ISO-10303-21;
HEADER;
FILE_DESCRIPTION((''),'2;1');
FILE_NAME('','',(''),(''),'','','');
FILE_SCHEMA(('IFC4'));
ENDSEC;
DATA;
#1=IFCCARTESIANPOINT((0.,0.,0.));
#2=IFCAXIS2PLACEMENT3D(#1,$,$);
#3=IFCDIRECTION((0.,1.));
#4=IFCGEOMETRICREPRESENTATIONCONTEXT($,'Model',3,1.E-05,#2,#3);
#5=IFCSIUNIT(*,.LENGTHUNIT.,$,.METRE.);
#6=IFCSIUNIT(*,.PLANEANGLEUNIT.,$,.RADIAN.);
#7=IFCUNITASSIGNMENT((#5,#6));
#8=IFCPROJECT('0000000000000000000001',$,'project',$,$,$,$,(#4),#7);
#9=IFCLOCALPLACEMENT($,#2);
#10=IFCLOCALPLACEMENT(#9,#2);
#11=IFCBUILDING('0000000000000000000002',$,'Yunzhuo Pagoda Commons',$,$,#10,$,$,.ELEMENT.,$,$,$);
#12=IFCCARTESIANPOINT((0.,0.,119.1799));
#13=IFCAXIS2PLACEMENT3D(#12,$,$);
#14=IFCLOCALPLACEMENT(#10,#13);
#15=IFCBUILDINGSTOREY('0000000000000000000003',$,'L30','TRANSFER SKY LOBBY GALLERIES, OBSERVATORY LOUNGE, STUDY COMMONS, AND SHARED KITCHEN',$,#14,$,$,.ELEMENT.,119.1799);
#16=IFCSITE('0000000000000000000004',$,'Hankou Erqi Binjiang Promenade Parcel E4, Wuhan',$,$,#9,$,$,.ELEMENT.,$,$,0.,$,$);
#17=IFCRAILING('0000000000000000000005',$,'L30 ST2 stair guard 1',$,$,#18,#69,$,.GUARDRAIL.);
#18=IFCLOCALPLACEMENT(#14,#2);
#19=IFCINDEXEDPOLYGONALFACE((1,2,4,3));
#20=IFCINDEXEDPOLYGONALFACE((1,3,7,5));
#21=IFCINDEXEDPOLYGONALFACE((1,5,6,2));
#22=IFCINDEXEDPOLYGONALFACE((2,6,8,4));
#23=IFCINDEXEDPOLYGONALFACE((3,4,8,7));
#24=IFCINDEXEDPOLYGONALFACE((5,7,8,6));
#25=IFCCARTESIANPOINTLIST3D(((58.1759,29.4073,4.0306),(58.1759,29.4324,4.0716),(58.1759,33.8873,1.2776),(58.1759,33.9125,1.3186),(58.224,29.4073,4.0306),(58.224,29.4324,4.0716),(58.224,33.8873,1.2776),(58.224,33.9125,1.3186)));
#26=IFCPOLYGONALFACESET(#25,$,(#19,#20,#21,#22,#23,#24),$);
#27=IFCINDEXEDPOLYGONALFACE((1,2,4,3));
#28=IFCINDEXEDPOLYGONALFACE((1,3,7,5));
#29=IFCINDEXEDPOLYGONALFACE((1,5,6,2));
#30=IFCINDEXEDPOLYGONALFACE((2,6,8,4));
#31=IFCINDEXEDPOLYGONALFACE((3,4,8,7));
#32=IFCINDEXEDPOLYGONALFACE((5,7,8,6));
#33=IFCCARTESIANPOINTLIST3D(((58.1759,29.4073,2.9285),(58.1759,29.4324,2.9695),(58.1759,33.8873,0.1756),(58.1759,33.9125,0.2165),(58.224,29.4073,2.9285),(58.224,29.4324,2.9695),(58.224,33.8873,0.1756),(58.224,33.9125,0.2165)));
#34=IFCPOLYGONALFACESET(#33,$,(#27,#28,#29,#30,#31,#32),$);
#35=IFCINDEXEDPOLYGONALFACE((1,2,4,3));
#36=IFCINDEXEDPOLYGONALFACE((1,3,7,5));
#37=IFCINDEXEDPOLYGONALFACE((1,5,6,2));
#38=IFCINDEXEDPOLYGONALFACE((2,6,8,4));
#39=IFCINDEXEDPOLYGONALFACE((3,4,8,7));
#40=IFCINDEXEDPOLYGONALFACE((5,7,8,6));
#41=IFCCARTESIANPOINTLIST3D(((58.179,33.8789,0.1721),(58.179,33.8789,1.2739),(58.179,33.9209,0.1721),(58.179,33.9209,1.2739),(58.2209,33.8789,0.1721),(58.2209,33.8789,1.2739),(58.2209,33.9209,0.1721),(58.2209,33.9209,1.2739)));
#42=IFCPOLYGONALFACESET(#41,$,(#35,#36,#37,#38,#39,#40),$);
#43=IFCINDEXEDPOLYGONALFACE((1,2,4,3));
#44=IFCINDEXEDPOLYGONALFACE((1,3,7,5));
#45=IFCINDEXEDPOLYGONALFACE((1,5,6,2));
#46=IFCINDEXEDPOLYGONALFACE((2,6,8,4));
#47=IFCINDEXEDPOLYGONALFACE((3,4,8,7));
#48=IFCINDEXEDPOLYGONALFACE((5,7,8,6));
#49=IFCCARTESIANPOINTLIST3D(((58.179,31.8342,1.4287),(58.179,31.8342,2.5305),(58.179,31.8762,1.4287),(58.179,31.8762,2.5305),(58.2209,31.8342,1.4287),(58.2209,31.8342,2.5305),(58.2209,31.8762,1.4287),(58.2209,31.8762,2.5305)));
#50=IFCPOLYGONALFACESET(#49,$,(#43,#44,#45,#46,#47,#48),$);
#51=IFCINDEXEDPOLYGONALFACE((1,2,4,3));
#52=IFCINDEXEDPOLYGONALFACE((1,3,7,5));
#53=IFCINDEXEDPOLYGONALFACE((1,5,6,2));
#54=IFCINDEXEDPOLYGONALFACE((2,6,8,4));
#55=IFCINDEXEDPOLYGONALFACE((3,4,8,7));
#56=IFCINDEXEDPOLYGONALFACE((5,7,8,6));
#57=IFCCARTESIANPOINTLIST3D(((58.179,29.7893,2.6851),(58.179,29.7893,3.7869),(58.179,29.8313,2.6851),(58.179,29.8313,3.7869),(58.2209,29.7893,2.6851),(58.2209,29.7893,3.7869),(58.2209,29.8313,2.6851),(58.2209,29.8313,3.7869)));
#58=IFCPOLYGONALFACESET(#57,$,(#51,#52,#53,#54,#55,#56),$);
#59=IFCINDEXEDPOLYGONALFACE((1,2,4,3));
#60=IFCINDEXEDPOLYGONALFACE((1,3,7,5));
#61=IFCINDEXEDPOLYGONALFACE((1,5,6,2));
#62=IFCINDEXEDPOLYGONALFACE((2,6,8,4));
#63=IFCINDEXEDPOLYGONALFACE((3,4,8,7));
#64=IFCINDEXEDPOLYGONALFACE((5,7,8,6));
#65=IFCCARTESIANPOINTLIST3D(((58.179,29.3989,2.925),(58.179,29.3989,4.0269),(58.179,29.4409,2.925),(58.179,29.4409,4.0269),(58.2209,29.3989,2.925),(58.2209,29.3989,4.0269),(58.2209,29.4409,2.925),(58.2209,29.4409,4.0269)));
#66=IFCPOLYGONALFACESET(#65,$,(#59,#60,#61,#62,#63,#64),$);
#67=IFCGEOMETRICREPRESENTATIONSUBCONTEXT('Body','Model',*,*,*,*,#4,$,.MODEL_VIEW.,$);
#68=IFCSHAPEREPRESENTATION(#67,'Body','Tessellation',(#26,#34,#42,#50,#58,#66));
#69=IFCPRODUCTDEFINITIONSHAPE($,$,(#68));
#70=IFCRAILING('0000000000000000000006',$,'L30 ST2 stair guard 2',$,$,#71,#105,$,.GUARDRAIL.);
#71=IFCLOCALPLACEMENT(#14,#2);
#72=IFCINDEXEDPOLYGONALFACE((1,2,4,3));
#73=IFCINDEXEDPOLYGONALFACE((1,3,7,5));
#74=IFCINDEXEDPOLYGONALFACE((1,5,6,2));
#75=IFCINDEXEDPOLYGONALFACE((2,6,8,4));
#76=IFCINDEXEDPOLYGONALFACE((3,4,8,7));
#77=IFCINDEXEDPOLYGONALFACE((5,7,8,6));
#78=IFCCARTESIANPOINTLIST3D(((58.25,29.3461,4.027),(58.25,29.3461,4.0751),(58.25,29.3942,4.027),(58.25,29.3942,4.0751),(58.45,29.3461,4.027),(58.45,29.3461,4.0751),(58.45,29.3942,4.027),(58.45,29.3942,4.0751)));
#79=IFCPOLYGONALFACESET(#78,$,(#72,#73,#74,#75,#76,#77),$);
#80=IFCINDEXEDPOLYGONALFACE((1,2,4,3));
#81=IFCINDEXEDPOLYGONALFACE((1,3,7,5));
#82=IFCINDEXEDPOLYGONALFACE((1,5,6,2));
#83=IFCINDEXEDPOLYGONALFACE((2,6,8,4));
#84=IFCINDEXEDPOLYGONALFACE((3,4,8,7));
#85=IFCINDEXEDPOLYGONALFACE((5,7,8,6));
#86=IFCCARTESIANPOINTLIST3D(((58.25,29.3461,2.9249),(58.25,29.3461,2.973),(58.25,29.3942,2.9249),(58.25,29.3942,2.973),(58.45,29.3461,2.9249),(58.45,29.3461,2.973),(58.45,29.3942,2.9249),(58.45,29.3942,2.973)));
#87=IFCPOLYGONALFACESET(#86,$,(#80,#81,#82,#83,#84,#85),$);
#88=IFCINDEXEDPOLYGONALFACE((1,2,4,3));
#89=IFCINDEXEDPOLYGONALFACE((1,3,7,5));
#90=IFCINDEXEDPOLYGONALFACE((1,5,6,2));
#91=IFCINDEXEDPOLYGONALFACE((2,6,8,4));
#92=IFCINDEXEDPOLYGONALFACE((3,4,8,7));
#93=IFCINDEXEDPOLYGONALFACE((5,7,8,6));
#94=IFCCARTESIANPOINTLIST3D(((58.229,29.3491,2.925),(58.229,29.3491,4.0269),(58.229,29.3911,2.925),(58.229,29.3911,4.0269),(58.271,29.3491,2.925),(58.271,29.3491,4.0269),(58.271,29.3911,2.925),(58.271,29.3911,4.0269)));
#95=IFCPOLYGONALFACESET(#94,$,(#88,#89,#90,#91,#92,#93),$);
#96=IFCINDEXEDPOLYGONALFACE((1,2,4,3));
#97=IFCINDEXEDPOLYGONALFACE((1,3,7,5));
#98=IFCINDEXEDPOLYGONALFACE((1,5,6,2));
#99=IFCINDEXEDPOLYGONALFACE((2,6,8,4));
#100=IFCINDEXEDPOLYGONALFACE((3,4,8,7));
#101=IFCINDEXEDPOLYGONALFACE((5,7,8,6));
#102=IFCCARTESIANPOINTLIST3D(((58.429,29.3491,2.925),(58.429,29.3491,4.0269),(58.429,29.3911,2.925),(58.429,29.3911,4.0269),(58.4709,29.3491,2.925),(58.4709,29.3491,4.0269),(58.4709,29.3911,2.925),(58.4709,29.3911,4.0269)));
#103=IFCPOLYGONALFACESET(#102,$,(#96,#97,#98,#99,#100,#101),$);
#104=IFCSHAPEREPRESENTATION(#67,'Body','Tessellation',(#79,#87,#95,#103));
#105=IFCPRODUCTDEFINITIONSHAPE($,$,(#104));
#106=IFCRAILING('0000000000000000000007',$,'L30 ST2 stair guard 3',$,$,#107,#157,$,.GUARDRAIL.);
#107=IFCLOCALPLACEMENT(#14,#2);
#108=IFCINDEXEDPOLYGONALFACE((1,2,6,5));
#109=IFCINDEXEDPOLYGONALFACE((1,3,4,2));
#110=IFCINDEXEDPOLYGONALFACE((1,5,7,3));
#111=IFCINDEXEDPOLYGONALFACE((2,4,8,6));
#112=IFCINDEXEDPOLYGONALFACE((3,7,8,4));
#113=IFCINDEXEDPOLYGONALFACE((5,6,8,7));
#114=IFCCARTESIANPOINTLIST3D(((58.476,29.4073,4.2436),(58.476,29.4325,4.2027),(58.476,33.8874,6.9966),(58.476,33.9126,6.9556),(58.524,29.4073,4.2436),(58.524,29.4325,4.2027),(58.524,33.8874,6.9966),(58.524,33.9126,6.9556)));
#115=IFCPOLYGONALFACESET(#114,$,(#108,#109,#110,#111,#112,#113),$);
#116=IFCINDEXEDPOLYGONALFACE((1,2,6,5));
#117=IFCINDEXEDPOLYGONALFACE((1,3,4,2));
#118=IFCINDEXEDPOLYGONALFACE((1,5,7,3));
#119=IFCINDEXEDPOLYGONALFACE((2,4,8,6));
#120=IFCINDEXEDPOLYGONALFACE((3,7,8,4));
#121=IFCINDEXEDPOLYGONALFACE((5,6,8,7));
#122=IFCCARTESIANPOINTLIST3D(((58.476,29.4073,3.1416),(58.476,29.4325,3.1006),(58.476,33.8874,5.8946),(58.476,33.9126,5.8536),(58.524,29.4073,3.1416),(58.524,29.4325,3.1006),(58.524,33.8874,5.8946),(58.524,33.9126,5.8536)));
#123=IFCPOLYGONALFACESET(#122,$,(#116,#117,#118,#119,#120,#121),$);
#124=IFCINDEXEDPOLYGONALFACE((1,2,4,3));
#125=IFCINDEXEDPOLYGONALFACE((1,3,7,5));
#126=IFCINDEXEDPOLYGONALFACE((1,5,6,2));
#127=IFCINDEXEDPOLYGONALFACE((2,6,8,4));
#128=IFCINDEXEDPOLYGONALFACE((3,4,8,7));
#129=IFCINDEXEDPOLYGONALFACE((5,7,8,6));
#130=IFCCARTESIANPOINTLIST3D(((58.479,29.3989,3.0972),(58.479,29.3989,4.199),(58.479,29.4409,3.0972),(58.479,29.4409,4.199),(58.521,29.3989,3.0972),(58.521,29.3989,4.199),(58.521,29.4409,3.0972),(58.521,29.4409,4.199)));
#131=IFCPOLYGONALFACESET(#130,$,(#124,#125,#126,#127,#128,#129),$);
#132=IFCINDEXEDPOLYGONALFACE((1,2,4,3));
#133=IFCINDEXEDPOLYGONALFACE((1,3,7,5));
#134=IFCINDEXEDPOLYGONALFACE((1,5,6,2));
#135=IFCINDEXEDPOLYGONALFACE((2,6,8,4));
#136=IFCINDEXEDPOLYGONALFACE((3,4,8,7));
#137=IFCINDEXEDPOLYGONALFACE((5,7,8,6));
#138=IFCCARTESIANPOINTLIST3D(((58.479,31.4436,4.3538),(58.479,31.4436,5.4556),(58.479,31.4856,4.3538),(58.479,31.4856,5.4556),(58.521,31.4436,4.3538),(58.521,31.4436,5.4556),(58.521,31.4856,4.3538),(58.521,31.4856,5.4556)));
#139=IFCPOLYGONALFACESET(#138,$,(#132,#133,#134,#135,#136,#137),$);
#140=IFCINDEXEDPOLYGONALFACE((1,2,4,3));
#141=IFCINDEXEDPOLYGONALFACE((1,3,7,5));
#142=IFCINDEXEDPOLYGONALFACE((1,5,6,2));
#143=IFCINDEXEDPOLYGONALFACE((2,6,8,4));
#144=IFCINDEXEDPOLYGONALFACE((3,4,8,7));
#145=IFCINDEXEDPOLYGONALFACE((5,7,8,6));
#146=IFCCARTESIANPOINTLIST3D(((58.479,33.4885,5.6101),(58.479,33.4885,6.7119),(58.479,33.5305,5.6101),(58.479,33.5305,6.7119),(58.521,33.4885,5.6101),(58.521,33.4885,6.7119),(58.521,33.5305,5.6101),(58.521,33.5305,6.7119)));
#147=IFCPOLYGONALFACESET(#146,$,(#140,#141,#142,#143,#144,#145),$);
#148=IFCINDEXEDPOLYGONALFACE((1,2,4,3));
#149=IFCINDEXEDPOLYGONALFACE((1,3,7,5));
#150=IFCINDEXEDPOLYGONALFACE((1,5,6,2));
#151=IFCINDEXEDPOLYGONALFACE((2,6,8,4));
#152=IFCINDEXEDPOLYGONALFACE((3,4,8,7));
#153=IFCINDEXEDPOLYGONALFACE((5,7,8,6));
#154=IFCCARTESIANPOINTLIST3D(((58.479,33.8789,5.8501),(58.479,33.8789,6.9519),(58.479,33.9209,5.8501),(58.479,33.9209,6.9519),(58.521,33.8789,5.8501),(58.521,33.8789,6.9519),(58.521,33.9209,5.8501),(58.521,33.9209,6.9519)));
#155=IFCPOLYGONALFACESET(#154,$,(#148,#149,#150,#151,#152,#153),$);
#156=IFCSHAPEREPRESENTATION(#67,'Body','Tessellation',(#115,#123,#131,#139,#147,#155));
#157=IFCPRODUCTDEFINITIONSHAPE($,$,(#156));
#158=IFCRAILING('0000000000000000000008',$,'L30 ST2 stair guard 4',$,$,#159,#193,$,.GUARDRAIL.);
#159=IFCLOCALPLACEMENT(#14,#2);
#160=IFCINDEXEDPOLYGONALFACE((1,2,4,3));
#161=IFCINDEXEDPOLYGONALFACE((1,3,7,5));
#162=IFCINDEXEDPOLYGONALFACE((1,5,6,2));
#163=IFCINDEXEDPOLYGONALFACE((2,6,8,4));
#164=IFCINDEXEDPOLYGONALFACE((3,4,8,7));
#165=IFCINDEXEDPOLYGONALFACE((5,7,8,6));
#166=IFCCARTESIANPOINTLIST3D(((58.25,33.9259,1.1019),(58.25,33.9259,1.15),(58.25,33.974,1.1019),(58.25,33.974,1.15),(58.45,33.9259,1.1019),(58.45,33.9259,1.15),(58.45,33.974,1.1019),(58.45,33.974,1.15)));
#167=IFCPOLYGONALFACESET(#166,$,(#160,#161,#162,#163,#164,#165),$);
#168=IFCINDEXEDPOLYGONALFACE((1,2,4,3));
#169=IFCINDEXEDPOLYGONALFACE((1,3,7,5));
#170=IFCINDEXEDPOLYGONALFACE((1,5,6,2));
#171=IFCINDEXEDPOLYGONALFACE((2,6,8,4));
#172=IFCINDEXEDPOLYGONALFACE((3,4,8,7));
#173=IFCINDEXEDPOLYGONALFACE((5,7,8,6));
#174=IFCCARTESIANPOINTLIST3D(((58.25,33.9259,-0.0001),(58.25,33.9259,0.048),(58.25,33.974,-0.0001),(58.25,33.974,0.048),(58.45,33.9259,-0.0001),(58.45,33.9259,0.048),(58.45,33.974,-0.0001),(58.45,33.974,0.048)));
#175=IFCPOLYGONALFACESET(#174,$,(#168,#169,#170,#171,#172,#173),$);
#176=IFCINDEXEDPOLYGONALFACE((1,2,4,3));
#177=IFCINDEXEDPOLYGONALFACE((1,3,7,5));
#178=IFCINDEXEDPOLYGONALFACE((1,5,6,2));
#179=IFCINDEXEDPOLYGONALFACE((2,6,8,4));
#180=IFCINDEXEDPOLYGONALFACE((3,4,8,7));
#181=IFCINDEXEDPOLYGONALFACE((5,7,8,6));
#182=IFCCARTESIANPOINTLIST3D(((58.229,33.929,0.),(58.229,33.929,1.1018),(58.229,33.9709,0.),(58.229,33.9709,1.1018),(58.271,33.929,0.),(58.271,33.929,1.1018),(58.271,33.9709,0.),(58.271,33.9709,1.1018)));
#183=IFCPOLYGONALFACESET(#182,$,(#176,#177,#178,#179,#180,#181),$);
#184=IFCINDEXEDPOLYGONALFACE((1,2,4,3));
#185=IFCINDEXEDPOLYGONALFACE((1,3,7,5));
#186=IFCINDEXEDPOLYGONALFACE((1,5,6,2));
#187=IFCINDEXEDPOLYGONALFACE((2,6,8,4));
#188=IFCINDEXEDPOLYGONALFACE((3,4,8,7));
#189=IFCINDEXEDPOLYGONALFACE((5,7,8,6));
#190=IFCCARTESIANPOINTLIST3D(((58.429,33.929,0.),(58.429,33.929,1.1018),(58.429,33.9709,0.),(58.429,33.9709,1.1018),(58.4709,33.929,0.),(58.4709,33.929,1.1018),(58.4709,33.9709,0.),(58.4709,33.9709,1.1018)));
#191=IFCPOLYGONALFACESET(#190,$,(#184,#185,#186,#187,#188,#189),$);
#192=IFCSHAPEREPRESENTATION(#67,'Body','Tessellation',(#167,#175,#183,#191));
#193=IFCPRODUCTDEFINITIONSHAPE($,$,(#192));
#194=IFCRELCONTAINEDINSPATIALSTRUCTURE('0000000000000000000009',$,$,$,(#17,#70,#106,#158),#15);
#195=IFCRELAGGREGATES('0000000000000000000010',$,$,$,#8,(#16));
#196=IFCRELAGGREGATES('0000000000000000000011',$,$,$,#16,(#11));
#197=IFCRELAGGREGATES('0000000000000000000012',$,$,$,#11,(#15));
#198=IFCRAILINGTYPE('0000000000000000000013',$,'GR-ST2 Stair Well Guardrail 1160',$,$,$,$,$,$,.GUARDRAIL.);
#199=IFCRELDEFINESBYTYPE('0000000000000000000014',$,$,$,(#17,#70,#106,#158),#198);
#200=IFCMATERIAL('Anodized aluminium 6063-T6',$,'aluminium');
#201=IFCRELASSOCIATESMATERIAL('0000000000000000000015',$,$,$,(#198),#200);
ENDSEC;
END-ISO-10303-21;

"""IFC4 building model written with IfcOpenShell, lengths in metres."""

from ifc_helpers import new_model, si_unit, direction, frame, origin, origin_2d, place, context, subcontext, project, spatial, rectangle, extrude, material, type_object, element, save


model = new_model("IFC4")

# Units and contexts
model_context = context("Model", 3, precision=1e-05, world=origin(), true_north=direction((0.0, 1.0)))
body_context = subcontext(model_context, "Body", "Model", "MODEL_VIEW")
ifc_project = project(units=[si_unit("LENGTHUNIT", "METRE"), si_unit("PLANEANGLEUNIT", "RADIAN")], contexts=[model_context])

# Site, building, storey
site_placement = place(None, origin())
site = spatial("IfcSite", under=ifc_project, at=site_placement, Name="Hankou Erqi Binjiang Promenade Parcel E4, Wuhan", CompositionType="ELEMENT", RefElevation=0.0)
building_placement = place(site_placement, origin())
building = spatial("IfcBuilding", under=site, at=building_placement, Name="Yunzhuo Pagoda Commons", CompositionType="ELEMENT")
storey_placement = place(building_placement, frame((0.0, 0.0, 119.1799)))
storey = spatial("IfcBuildingStorey", under=building, at=storey_placement, Name="L30", Description="TRANSFER SKY LOBBY GALLERIES, OBSERVATORY LOUNGE, STUDY COMMONS, AND SHARED KITCHEN", CompositionType="ELEMENT", Elevation=119.1799)

# Railings
ifc_material_1 = material(Name="Anodized aluminium 6063-T6", Category="aluminium")
railing_type_1 = type_object("IfcRailingType", Name="GR-ST2 Stair Well Guardrail 1160", PredefinedType="GUARDRAIL", material=ifc_material_1)
railing_1_placement = place(storey_placement, frame((58.2, 33.8999, 0.1721)))
element("IfcRailing", 1, at=railing_1_placement, inside=storey, type_object=railing_type_1, Name="L30 ST2 stair guard 1", PredefinedType="GUARDRAIL", context=body_context, shape_type="SweptSolid", body=[
    extrude(rectangle(XDim=0.0481, YDim=0.0481, at=origin_2d()), frame((0.0, 0.0, 1.126), z_axis=(0.0, -0.851996, 0.523548), x_axis=(1.0, 0.0, 0.0)), (0.0, 0.0, 1.0), 5.2583),
    extrude(rectangle(XDim=0.0481, YDim=0.0481, at=origin_2d()), frame((0.0, 0.0, 0.0239), z_axis=(0.0, -0.851996, 0.523548), x_axis=(1.0, 0.0, 0.0)), (0.0, 0.0, 1.0), 5.2583),
    extrude(rectangle(XDim=0.042, YDim=0.042, at=origin_2d()), origin(), (0.0, 0.0, 1.0), 1.1018),
    extrude(rectangle(XDim=0.042, YDim=0.042, at=origin_2d()), frame((0.0, -2.0447, 1.2566)), (0.0, 0.0, 1.0), 1.1018),
    extrude(rectangle(XDim=0.042, YDim=0.042, at=origin_2d()), frame((0.0, -4.0896, 2.5129)), (0.0, 0.0, 1.0), 1.1018),
    extrude(rectangle(XDim=0.042, YDim=0.042, at=origin_2d()), frame((0.0, -4.48, 2.7529)), (0.0, 0.0, 1.0), 1.1018),
])
railing_2_placement = place(storey_placement, frame((58.25, 29.3701, 2.925)))
element("IfcRailing", 2, at=railing_2_placement, inside=storey, type_object=railing_type_1, Name="L30 ST2 stair guard 2", PredefinedType="GUARDRAIL", context=body_context, shape_type="SweptSolid", body=[
    extrude(rectangle(XDim=0.0481, YDim=0.0481, at=origin_2d()), frame((0.0, 0.0, 1.126), z_axis=(1.0, 0.0, 0.0), x_axis=(0.0, 1.0, 0.0)), (0.0, 0.0, 1.0), 0.2),
    extrude(rectangle(XDim=0.0481, YDim=0.0481, at=origin_2d()), frame((0.0, 0.0, 0.0239), z_axis=(1.0, 0.0, 0.0), x_axis=(0.0, 1.0, 0.0)), (0.0, 0.0, 1.0), 0.2),
    extrude(rectangle(XDim=0.042, YDim=0.042, at=origin_2d()), origin(), (0.0, 0.0, 1.0), 1.1018),
    extrude(rectangle(XDim=0.042, YDim=0.042, at=origin_2d()), frame((0.2, 0.0, 0.0)), (0.0, 0.0, 1.0), 1.1018),
])
railing_3_placement = place(storey_placement, frame((58.5, 29.4199, 3.0972)))
element("IfcRailing", 3, at=railing_3_placement, inside=storey, type_object=railing_type_1, Name="L30 ST2 stair guard 3", PredefinedType="GUARDRAIL", context=body_context, shape_type="SweptSolid", body=[
    extrude(rectangle(XDim=0.0481, YDim=0.0481, at=origin_2d()), frame((0.0, 0.0, 1.126), z_axis=(0.0, 0.851996, 0.523548), x_axis=(-1.0, 0.0, 0.0)), (0.0, 0.0, 1.0), 5.2583),
    extrude(rectangle(XDim=0.0481, YDim=0.0481, at=origin_2d()), frame((0.0, 0.0, 0.0239), z_axis=(0.0, 0.851996, 0.523548), x_axis=(-1.0, 0.0, 0.0)), (0.0, 0.0, 1.0), 5.2583),
    extrude(rectangle(XDim=0.042, YDim=0.042, at=origin_2d()), origin(), (0.0, 0.0, 1.0), 1.1018),
    extrude(rectangle(XDim=0.042, YDim=0.042, at=origin_2d()), frame((0.0, 2.0447, 1.2566)), (0.0, 0.0, 1.0), 1.1018),
    extrude(rectangle(XDim=0.042, YDim=0.042, at=origin_2d()), frame((0.0, 4.0896, 2.5129)), (0.0, 0.0, 1.0), 1.1018),
    extrude(rectangle(XDim=0.042, YDim=0.042, at=origin_2d()), frame((0.0, 4.48, 2.7529)), (0.0, 0.0, 1.0), 1.1018),
])
railing_4_placement = place(storey_placement, frame((58.25, 33.95, 0.0)))
element("IfcRailing", 4, at=railing_4_placement, inside=storey, type_object=railing_type_1, Name="L30 ST2 stair guard 4", PredefinedType="GUARDRAIL", context=body_context, shape_type="SweptSolid", body=[
    extrude(rectangle(XDim=0.0481, YDim=0.0481, at=origin_2d()), frame((0.0, 0.0, 1.126), z_axis=(1.0, 0.0, 0.0), x_axis=(0.0, 1.0, 0.0)), (0.0, 0.0, 1.0), 0.2),
    extrude(rectangle(XDim=0.0481, YDim=0.0481, at=origin_2d()), frame((0.0, 0.0, 0.0239), z_axis=(1.0, 0.0, 0.0), x_axis=(0.0, 1.0, 0.0)), (0.0, 0.0, 1.0), 0.2),
    extrude(rectangle(XDim=0.042, YDim=0.042, at=origin_2d()), origin(), (0.0, 0.0, 1.0), 1.1018),
    extrude(rectangle(XDim=0.042, YDim=0.042, at=origin_2d()), frame((0.2, 0.0, 0.0)), (0.0, 0.0, 1.0), 1.1018),
])

save(model, "model.ifc")
